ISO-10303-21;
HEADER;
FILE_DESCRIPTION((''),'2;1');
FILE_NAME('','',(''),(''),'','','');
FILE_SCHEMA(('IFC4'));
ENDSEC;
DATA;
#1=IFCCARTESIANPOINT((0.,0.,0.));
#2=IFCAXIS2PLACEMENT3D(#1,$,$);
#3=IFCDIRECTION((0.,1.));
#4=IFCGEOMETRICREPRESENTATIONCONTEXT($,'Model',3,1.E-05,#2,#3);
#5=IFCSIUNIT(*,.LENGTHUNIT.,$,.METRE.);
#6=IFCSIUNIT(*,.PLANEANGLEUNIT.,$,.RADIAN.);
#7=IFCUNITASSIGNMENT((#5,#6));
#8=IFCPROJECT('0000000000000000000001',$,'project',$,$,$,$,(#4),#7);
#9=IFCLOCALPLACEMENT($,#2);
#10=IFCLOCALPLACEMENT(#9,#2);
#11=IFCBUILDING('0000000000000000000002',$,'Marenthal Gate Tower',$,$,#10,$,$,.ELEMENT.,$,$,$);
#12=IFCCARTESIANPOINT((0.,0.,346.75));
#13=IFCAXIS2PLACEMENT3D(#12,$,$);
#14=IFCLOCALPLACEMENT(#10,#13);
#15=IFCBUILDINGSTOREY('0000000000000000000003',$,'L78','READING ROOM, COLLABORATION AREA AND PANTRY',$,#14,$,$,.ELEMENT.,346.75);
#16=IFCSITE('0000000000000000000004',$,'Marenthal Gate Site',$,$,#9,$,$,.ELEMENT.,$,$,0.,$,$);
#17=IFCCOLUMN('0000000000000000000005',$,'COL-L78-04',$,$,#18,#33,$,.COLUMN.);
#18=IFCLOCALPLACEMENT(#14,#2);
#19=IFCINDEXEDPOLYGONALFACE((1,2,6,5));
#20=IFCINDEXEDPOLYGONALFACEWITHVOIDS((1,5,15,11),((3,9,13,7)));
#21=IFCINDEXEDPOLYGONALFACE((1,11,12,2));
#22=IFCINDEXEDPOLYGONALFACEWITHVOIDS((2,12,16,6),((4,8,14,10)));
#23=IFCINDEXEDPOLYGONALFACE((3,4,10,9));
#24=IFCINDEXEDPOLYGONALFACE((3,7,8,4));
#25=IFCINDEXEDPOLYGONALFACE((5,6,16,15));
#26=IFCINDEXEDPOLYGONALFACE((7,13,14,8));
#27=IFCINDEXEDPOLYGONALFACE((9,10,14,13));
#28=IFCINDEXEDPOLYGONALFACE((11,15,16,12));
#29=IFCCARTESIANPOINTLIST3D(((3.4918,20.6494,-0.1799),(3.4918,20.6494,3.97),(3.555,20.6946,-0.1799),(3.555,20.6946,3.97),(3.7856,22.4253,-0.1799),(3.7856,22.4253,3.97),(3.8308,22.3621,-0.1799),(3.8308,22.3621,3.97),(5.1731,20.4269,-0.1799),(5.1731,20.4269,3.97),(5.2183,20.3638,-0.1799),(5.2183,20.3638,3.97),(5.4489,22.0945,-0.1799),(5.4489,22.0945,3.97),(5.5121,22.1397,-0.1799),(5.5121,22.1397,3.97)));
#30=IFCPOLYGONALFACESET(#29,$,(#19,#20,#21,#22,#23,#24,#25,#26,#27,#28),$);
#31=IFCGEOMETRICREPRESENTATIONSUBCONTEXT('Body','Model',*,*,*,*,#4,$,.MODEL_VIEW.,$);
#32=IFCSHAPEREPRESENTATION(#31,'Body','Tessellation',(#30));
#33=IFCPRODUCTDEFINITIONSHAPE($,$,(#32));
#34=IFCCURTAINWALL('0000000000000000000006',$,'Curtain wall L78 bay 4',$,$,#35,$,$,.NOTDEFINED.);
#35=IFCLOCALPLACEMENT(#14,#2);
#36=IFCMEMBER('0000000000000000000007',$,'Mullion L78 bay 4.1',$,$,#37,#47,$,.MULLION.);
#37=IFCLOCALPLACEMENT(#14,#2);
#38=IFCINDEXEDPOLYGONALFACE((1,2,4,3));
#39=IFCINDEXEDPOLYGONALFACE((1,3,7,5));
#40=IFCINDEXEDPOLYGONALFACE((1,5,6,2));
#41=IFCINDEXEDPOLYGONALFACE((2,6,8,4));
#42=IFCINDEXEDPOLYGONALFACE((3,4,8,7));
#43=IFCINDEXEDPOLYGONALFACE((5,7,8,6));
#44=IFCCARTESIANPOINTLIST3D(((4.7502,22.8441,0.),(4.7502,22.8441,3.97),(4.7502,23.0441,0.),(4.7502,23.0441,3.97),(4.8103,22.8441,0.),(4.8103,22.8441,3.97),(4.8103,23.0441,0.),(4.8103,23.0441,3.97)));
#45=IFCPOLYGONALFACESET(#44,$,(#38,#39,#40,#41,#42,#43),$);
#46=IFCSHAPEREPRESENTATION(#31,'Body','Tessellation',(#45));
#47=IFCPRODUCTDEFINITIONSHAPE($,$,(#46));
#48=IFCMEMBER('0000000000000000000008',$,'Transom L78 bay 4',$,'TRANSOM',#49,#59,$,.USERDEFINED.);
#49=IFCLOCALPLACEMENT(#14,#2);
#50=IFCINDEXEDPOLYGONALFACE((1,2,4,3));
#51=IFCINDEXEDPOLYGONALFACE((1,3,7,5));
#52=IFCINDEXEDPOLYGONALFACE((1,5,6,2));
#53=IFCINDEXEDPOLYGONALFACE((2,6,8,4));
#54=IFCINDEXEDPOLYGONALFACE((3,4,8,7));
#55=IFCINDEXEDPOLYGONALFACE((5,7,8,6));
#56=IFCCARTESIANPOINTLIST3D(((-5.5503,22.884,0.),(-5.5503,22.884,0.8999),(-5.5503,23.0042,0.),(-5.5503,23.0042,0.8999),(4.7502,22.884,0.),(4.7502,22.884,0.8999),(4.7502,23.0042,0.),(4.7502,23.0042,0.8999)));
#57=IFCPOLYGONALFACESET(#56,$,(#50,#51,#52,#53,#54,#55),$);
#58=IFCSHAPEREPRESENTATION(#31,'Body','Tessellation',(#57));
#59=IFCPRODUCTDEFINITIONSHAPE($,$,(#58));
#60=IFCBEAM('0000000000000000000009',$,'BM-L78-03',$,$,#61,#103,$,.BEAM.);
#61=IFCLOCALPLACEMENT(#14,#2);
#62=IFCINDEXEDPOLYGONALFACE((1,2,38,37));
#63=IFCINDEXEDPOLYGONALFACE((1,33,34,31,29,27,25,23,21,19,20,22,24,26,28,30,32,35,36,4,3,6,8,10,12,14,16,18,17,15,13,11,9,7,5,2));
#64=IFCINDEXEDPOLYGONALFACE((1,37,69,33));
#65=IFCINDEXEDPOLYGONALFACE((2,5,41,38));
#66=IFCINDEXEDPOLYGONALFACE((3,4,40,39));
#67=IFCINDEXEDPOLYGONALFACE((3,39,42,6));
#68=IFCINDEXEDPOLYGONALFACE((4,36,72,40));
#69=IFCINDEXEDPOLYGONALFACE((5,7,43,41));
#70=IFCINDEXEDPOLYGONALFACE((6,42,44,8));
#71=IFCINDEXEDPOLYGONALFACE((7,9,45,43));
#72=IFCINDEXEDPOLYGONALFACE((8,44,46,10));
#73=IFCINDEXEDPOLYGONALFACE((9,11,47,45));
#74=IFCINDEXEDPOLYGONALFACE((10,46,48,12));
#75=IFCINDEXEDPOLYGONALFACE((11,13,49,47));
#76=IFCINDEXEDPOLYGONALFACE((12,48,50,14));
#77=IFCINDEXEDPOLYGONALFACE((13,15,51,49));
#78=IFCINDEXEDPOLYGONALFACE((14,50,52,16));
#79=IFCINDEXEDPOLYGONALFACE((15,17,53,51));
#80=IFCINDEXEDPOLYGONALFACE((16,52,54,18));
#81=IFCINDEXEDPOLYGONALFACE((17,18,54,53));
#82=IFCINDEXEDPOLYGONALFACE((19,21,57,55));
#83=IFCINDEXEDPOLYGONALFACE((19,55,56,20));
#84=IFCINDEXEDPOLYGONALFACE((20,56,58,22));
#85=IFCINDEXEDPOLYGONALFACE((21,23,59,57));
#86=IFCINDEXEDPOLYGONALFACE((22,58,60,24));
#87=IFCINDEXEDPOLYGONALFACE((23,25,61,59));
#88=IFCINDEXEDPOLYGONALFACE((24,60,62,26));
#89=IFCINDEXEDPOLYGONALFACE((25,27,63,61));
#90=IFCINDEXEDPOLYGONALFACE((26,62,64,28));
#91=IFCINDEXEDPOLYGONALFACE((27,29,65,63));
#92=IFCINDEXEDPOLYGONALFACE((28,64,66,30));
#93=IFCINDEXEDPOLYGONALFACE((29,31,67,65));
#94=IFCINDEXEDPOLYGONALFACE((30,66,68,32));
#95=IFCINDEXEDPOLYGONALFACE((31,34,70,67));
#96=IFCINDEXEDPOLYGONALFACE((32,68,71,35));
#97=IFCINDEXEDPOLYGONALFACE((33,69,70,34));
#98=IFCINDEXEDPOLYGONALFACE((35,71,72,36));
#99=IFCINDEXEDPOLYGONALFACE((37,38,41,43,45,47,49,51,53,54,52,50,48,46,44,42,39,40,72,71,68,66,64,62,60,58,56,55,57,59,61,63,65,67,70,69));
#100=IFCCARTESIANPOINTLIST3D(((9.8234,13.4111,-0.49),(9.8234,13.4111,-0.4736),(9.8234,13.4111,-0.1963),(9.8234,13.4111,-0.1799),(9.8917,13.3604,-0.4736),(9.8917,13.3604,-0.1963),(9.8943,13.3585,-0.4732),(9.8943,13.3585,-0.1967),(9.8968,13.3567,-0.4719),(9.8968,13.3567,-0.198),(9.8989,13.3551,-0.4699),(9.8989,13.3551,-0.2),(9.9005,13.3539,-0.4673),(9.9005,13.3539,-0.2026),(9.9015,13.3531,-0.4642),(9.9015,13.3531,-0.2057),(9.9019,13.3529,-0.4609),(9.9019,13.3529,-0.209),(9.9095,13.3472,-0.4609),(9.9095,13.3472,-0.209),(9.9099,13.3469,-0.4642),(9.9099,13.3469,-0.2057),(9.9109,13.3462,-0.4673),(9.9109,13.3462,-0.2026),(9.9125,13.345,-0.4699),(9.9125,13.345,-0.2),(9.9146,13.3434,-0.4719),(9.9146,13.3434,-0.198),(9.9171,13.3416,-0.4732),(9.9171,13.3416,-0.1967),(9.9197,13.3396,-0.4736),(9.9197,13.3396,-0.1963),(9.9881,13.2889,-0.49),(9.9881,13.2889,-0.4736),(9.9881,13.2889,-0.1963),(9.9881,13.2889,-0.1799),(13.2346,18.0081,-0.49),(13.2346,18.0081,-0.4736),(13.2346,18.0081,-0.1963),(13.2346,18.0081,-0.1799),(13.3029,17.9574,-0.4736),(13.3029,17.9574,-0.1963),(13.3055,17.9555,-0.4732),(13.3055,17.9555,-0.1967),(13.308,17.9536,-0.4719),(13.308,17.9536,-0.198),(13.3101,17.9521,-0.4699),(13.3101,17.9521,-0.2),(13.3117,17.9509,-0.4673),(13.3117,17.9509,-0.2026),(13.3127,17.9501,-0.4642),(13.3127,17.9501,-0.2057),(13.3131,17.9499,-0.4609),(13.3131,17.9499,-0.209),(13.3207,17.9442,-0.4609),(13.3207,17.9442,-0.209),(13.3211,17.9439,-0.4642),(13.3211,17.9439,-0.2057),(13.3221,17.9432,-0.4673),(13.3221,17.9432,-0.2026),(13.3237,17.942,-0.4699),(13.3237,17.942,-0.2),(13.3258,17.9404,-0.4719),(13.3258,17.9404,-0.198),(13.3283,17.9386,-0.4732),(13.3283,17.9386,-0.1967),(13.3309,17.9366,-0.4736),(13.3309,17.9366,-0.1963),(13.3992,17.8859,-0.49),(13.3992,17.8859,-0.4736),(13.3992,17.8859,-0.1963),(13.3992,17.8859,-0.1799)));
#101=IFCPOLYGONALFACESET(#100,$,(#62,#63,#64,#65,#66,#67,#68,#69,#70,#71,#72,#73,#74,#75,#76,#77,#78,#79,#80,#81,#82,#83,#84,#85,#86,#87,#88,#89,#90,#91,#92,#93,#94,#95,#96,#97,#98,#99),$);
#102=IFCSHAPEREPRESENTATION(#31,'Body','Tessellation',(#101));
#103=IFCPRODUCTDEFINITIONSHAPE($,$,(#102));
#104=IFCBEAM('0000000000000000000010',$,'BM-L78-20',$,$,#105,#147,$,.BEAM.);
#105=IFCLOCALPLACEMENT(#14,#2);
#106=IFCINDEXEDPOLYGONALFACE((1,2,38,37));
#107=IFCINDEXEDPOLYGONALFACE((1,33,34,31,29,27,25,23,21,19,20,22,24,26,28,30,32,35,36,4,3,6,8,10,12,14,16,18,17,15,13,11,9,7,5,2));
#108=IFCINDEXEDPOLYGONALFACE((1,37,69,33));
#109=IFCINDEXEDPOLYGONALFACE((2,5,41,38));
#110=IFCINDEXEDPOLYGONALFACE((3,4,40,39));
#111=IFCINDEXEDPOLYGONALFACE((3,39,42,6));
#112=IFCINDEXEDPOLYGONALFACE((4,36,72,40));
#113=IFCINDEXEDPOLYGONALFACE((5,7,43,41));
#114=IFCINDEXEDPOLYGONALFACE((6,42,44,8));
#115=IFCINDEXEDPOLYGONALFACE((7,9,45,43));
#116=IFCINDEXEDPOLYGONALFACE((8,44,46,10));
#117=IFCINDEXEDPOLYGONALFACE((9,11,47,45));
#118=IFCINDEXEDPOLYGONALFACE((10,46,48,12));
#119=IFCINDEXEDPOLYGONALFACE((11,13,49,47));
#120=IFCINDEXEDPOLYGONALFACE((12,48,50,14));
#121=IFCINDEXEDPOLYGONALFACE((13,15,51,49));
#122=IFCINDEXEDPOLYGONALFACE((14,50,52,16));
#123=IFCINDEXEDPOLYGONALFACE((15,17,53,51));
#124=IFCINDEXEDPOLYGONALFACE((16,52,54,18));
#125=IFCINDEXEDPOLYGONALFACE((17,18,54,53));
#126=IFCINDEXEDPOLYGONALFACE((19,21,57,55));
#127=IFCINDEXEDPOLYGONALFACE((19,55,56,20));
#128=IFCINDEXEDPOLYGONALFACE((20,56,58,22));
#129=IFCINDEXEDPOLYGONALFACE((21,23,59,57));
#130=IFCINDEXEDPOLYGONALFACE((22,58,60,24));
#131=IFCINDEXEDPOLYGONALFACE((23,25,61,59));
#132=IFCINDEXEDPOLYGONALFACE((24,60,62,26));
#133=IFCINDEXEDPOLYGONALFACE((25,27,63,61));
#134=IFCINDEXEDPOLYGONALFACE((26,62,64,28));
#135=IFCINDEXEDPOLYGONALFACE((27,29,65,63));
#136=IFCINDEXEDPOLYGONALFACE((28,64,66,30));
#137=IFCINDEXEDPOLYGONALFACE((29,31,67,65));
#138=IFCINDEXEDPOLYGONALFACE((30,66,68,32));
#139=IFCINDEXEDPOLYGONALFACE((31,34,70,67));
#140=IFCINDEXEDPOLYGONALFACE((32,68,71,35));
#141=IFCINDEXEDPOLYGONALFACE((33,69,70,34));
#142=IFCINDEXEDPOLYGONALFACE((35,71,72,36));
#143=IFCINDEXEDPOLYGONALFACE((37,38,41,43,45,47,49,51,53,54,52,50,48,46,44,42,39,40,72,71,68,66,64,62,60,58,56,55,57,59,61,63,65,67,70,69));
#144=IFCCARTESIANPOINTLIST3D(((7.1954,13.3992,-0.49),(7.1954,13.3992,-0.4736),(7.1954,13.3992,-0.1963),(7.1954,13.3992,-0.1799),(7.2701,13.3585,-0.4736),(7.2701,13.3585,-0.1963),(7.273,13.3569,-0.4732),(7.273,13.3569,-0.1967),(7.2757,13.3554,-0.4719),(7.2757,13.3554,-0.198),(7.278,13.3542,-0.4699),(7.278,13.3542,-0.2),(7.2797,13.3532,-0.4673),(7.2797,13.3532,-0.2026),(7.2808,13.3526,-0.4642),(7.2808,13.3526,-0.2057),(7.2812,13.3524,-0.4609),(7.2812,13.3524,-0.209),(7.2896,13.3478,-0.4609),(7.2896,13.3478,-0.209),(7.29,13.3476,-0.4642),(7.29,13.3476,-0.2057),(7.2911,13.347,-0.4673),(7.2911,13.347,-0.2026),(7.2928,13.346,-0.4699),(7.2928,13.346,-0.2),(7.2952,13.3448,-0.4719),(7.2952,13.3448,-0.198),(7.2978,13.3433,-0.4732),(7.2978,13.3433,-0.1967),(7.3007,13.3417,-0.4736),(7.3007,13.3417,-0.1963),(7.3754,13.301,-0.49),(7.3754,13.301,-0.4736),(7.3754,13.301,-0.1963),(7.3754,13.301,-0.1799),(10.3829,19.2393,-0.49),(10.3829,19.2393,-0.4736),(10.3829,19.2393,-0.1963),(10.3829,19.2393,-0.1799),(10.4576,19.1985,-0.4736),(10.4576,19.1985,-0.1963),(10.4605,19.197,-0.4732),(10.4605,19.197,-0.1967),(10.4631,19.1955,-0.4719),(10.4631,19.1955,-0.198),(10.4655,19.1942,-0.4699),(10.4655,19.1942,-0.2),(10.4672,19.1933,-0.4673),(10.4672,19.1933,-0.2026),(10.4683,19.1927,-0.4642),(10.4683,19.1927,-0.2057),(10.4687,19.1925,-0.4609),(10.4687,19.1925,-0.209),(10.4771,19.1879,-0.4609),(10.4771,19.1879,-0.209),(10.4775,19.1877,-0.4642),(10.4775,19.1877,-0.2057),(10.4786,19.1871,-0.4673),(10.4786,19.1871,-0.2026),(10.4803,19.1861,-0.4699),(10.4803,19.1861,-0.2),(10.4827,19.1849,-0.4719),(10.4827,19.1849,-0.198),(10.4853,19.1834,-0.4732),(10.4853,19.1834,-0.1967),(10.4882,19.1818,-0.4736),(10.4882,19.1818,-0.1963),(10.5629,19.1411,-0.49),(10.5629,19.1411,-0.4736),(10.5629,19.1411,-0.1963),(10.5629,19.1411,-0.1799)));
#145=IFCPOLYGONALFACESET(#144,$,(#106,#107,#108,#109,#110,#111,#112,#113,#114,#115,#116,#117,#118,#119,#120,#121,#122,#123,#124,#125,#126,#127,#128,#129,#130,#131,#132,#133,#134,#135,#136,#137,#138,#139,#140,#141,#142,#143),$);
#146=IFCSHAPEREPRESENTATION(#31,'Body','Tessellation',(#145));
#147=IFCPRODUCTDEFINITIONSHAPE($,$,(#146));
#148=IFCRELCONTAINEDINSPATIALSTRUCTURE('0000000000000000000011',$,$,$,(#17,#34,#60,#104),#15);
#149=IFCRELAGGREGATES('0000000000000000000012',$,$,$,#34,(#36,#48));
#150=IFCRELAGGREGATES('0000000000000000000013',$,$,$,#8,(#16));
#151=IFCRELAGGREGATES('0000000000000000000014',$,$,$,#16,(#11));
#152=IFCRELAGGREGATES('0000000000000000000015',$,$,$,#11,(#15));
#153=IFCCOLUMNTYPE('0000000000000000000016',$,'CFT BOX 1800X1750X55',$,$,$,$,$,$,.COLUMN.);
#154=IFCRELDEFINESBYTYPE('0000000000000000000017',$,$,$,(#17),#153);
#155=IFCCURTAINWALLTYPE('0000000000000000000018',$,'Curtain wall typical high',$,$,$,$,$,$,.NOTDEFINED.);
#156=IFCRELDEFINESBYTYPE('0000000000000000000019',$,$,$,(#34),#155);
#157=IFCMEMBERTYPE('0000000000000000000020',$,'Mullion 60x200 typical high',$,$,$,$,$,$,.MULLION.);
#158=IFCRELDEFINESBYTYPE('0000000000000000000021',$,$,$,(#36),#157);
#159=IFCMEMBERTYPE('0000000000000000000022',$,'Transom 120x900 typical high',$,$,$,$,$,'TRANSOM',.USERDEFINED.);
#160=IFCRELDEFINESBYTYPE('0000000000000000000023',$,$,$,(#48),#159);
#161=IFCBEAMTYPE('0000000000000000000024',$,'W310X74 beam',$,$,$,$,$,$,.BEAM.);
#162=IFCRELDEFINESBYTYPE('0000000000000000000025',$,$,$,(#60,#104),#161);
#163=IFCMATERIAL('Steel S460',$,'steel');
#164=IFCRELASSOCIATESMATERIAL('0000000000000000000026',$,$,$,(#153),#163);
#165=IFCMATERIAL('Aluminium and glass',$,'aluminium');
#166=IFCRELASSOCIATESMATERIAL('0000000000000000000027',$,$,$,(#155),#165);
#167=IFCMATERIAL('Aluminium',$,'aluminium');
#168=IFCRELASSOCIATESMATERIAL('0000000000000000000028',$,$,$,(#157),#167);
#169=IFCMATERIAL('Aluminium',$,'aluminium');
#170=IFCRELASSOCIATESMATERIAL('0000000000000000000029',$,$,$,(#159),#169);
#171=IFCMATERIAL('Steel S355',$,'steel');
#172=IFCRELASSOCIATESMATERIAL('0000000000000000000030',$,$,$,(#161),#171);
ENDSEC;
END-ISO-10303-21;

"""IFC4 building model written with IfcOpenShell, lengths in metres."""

from ifc_helpers import new_model, si_unit, direction, frame, origin, origin_2d, place, context, subcontext, project, spatial, rectangle, hollow_rectangle, i_section, extrude, material, material_profile, profile_set, type_object, element, aggregate, save


model = new_model("IFC4")

# Units and contexts
model_context = context("Model", 3, precision=1e-05, world=origin(), true_north=direction((0.0, 1.0)))
body_context = subcontext(model_context, "Body", "Model", "MODEL_VIEW")
ifc_project = project(units=[si_unit("LENGTHUNIT", "METRE"), si_unit("PLANEANGLEUNIT", "RADIAN")], contexts=[model_context])

# Site, building, storey
site_placement = place(None, origin())
site = spatial("IfcSite", under=ifc_project, at=site_placement, Name="Marenthal Gate Site", CompositionType="ELEMENT", RefElevation=0.0)
building_placement = place(site_placement, origin())
building = spatial("IfcBuilding", under=site, at=building_placement, Name="Marenthal Gate Tower", CompositionType="ELEMENT")
storey_placement = place(building_placement, frame((0.0, 0.0, 346.75)))
storey = spatial("IfcBuildingStorey", under=building, at=storey_placement, Name="L78", Description="READING ROOM, COLLABORATION AREA AND PANTRY", CompositionType="ELEMENT", Elevation=346.75)

# Column
ifc_material_1 = material(Name="Steel S460", Category="steel")
ifc_material_profile_1 = material_profile(ifc_material_1, hollow_rectangle(XDim=1.75, YDim=1.8, WallThickness=0.0549, at=origin_2d()), Name="CFT BOX 1800X1750X55")
ifc_material_2 = material(Name="Concrete 70 MPa", Category="concrete")
ifc_material_profile_2 = material_profile(ifc_material_2, rectangle(XDim=1.6399, YDim=1.6899, at=origin_2d()), Name="CFT BOX 1800X1750X55 INFILL")
ifc_profile_set_1 = profile_set([ifc_material_profile_1, ifc_material_profile_2], Name="Steel S460 shell, Concrete 70 MPa infill")
column_type = type_object("IfcColumnType", Name="CFT BOX 1800X1750X55", PredefinedType="COLUMN", material=ifc_profile_set_1)
column_placement = place(storey_placement, frame((4.502, 21.3945, -0.1799), z_axis=(0.0, 0.0, 1.0), x_axis=(0.986593, -0.1632, 0.0)))
element("IfcColumn", 1, at=column_placement, inside=storey, type_object=column_type, Name="COL-L78-04", PredefinedType="COLUMN", context=body_context, shape_type="SweptSolid", body=[
    extrude(hollow_rectangle(XDim=1.75, YDim=1.8, WallThickness=0.0549, at=origin_2d()), origin(), (0.0, 0.0, 1.0), 4.1499),
])

# Curtain wall, members
ifc_material_3 = material(Name="Aluminium and glass", Category="aluminium")
curtain_wall_type = type_object("IfcCurtainWallType", Name="Curtain wall typical high", PredefinedType="NOTDEFINED", material=ifc_material_3)
curtain_wall_placement = place(storey_placement, origin())
curtain_wall = element("IfcCurtainWall", 2, at=curtain_wall_placement, inside=storey, type_object=curtain_wall_type, Name="Curtain wall L78 bay 4", PredefinedType="NOTDEFINED")
ifc_material_4 = material(Name="Aluminium", Category="aluminium")
ifc_material_profile_3 = material_profile(ifc_material_4, rectangle(XDim=0.2, YDim=0.0601, at=origin_2d()), Name="60x200 aluminium mullion")
ifc_profile_set_2 = profile_set([ifc_material_profile_3], Name="Aluminium")
member_type_1 = type_object("IfcMemberType", Name="Mullion 60x200 typical high", PredefinedType="MULLION", material=ifc_profile_set_2)
member_1_placement = place(storey_placement, frame((4.7803, 22.9441, 0.0), z_axis=(0.0, 0.0, 1.0), x_axis=(0.0, -1.0, 0.0)))
member_1 = element("IfcMember", 3, at=member_1_placement, type_object=member_type_1, Name="Mullion L78 bay 4.1", PredefinedType="MULLION", context=body_context, shape_type="SweptSolid", body=[
    extrude(rectangle(XDim=0.2, YDim=0.0601, at=origin_2d()), origin(), (0.0, 0.0, 1.0), 3.97),
])
ifc_material_5 = material(Name="Aluminium", Category="aluminium")
ifc_material_profile_4 = material_profile(ifc_material_5, rectangle(XDim=0.1201, YDim=0.8999, at=origin_2d()), Name="120x900 aluminium transom")
ifc_profile_set_3 = profile_set([ifc_material_profile_4], Name="Aluminium")
member_type_2 = type_object("IfcMemberType", Name="Transom 120x900 typical high", ElementType="TRANSOM", PredefinedType="USERDEFINED", material=ifc_profile_set_3)
member_2_placement = place(storey_placement, frame((4.7502, 22.9441, 0.45), z_axis=(-1.0, 0.0, 0.0), x_axis=(0.0, -1.0, 0.0)))
member_2 = element("IfcMember", 4, at=member_2_placement, type_object=member_type_2, Name="Transom L78 bay 4", ObjectType="TRANSOM", PredefinedType="USERDEFINED", context=body_context, shape_type="SweptSolid", body=[
    extrude(rectangle(XDim=0.1201, YDim=0.8999, at=origin_2d()), origin(), (0.0, 0.0, 1.0), 10.3005),
])

# Beams
ifc_material_6 = material(Name="Steel S355", Category="steel")
ifc_material_profile_5 = material_profile(ifc_material_6, i_section(OverallWidth=0.2051, OverallDepth=0.3101, WebThickness=0.0095, FlangeThickness=0.0164, FilletRadius=0.0127, at=origin_2d()), Name="W310X74")
ifc_profile_set_4 = profile_set([ifc_material_profile_5], Name="Steel S355")
beam_type_1 = type_object("IfcBeamType", Name="W310X74 beam", PredefinedType="BEAM", material=ifc_profile_set_4)
beam_1_placement = place(storey_placement, frame((13.3169, 17.947, -0.335), z_axis=(-0.595905, -0.803055, 0.0), x_axis=(0.803055, -0.595905, 0.0)))
element("IfcBeam", 5, at=beam_1_placement, inside=storey, type_object=beam_type_1, Name="BM-L78-03", PredefinedType="BEAM", context=body_context, shape_type="SweptSolid", body=[
    extrude(i_section(OverallWidth=0.2051, OverallDepth=0.3101, WebThickness=0.0095, FlangeThickness=0.0164, FilletRadius=0.0127, at=origin_2d()), origin(), (0.0, 0.0, 1.0), 5.7244),
])
beam_2_placement = place(storey_placement, frame((10.4729, 19.1902, -0.335), z_axis=(-0.479083, -0.877769, 0.0), x_axis=(0.877769, -0.479083, 0.0)))
element("IfcBeam", 6, at=beam_2_placement, inside=storey, type_object=beam_type_1, Name="BM-L78-20", PredefinedType="BEAM", context=body_context, shape_type="SweptSolid", body=[
    extrude(i_section(OverallWidth=0.2051, OverallDepth=0.3101, WebThickness=0.0095, FlangeThickness=0.0164, FilletRadius=0.0127, at=origin_2d()), origin(), (0.0, 0.0, 1.0), 6.6533),
])

aggregate(curtain_wall, [member_1, member_2])

save(model, "model.ifc")
